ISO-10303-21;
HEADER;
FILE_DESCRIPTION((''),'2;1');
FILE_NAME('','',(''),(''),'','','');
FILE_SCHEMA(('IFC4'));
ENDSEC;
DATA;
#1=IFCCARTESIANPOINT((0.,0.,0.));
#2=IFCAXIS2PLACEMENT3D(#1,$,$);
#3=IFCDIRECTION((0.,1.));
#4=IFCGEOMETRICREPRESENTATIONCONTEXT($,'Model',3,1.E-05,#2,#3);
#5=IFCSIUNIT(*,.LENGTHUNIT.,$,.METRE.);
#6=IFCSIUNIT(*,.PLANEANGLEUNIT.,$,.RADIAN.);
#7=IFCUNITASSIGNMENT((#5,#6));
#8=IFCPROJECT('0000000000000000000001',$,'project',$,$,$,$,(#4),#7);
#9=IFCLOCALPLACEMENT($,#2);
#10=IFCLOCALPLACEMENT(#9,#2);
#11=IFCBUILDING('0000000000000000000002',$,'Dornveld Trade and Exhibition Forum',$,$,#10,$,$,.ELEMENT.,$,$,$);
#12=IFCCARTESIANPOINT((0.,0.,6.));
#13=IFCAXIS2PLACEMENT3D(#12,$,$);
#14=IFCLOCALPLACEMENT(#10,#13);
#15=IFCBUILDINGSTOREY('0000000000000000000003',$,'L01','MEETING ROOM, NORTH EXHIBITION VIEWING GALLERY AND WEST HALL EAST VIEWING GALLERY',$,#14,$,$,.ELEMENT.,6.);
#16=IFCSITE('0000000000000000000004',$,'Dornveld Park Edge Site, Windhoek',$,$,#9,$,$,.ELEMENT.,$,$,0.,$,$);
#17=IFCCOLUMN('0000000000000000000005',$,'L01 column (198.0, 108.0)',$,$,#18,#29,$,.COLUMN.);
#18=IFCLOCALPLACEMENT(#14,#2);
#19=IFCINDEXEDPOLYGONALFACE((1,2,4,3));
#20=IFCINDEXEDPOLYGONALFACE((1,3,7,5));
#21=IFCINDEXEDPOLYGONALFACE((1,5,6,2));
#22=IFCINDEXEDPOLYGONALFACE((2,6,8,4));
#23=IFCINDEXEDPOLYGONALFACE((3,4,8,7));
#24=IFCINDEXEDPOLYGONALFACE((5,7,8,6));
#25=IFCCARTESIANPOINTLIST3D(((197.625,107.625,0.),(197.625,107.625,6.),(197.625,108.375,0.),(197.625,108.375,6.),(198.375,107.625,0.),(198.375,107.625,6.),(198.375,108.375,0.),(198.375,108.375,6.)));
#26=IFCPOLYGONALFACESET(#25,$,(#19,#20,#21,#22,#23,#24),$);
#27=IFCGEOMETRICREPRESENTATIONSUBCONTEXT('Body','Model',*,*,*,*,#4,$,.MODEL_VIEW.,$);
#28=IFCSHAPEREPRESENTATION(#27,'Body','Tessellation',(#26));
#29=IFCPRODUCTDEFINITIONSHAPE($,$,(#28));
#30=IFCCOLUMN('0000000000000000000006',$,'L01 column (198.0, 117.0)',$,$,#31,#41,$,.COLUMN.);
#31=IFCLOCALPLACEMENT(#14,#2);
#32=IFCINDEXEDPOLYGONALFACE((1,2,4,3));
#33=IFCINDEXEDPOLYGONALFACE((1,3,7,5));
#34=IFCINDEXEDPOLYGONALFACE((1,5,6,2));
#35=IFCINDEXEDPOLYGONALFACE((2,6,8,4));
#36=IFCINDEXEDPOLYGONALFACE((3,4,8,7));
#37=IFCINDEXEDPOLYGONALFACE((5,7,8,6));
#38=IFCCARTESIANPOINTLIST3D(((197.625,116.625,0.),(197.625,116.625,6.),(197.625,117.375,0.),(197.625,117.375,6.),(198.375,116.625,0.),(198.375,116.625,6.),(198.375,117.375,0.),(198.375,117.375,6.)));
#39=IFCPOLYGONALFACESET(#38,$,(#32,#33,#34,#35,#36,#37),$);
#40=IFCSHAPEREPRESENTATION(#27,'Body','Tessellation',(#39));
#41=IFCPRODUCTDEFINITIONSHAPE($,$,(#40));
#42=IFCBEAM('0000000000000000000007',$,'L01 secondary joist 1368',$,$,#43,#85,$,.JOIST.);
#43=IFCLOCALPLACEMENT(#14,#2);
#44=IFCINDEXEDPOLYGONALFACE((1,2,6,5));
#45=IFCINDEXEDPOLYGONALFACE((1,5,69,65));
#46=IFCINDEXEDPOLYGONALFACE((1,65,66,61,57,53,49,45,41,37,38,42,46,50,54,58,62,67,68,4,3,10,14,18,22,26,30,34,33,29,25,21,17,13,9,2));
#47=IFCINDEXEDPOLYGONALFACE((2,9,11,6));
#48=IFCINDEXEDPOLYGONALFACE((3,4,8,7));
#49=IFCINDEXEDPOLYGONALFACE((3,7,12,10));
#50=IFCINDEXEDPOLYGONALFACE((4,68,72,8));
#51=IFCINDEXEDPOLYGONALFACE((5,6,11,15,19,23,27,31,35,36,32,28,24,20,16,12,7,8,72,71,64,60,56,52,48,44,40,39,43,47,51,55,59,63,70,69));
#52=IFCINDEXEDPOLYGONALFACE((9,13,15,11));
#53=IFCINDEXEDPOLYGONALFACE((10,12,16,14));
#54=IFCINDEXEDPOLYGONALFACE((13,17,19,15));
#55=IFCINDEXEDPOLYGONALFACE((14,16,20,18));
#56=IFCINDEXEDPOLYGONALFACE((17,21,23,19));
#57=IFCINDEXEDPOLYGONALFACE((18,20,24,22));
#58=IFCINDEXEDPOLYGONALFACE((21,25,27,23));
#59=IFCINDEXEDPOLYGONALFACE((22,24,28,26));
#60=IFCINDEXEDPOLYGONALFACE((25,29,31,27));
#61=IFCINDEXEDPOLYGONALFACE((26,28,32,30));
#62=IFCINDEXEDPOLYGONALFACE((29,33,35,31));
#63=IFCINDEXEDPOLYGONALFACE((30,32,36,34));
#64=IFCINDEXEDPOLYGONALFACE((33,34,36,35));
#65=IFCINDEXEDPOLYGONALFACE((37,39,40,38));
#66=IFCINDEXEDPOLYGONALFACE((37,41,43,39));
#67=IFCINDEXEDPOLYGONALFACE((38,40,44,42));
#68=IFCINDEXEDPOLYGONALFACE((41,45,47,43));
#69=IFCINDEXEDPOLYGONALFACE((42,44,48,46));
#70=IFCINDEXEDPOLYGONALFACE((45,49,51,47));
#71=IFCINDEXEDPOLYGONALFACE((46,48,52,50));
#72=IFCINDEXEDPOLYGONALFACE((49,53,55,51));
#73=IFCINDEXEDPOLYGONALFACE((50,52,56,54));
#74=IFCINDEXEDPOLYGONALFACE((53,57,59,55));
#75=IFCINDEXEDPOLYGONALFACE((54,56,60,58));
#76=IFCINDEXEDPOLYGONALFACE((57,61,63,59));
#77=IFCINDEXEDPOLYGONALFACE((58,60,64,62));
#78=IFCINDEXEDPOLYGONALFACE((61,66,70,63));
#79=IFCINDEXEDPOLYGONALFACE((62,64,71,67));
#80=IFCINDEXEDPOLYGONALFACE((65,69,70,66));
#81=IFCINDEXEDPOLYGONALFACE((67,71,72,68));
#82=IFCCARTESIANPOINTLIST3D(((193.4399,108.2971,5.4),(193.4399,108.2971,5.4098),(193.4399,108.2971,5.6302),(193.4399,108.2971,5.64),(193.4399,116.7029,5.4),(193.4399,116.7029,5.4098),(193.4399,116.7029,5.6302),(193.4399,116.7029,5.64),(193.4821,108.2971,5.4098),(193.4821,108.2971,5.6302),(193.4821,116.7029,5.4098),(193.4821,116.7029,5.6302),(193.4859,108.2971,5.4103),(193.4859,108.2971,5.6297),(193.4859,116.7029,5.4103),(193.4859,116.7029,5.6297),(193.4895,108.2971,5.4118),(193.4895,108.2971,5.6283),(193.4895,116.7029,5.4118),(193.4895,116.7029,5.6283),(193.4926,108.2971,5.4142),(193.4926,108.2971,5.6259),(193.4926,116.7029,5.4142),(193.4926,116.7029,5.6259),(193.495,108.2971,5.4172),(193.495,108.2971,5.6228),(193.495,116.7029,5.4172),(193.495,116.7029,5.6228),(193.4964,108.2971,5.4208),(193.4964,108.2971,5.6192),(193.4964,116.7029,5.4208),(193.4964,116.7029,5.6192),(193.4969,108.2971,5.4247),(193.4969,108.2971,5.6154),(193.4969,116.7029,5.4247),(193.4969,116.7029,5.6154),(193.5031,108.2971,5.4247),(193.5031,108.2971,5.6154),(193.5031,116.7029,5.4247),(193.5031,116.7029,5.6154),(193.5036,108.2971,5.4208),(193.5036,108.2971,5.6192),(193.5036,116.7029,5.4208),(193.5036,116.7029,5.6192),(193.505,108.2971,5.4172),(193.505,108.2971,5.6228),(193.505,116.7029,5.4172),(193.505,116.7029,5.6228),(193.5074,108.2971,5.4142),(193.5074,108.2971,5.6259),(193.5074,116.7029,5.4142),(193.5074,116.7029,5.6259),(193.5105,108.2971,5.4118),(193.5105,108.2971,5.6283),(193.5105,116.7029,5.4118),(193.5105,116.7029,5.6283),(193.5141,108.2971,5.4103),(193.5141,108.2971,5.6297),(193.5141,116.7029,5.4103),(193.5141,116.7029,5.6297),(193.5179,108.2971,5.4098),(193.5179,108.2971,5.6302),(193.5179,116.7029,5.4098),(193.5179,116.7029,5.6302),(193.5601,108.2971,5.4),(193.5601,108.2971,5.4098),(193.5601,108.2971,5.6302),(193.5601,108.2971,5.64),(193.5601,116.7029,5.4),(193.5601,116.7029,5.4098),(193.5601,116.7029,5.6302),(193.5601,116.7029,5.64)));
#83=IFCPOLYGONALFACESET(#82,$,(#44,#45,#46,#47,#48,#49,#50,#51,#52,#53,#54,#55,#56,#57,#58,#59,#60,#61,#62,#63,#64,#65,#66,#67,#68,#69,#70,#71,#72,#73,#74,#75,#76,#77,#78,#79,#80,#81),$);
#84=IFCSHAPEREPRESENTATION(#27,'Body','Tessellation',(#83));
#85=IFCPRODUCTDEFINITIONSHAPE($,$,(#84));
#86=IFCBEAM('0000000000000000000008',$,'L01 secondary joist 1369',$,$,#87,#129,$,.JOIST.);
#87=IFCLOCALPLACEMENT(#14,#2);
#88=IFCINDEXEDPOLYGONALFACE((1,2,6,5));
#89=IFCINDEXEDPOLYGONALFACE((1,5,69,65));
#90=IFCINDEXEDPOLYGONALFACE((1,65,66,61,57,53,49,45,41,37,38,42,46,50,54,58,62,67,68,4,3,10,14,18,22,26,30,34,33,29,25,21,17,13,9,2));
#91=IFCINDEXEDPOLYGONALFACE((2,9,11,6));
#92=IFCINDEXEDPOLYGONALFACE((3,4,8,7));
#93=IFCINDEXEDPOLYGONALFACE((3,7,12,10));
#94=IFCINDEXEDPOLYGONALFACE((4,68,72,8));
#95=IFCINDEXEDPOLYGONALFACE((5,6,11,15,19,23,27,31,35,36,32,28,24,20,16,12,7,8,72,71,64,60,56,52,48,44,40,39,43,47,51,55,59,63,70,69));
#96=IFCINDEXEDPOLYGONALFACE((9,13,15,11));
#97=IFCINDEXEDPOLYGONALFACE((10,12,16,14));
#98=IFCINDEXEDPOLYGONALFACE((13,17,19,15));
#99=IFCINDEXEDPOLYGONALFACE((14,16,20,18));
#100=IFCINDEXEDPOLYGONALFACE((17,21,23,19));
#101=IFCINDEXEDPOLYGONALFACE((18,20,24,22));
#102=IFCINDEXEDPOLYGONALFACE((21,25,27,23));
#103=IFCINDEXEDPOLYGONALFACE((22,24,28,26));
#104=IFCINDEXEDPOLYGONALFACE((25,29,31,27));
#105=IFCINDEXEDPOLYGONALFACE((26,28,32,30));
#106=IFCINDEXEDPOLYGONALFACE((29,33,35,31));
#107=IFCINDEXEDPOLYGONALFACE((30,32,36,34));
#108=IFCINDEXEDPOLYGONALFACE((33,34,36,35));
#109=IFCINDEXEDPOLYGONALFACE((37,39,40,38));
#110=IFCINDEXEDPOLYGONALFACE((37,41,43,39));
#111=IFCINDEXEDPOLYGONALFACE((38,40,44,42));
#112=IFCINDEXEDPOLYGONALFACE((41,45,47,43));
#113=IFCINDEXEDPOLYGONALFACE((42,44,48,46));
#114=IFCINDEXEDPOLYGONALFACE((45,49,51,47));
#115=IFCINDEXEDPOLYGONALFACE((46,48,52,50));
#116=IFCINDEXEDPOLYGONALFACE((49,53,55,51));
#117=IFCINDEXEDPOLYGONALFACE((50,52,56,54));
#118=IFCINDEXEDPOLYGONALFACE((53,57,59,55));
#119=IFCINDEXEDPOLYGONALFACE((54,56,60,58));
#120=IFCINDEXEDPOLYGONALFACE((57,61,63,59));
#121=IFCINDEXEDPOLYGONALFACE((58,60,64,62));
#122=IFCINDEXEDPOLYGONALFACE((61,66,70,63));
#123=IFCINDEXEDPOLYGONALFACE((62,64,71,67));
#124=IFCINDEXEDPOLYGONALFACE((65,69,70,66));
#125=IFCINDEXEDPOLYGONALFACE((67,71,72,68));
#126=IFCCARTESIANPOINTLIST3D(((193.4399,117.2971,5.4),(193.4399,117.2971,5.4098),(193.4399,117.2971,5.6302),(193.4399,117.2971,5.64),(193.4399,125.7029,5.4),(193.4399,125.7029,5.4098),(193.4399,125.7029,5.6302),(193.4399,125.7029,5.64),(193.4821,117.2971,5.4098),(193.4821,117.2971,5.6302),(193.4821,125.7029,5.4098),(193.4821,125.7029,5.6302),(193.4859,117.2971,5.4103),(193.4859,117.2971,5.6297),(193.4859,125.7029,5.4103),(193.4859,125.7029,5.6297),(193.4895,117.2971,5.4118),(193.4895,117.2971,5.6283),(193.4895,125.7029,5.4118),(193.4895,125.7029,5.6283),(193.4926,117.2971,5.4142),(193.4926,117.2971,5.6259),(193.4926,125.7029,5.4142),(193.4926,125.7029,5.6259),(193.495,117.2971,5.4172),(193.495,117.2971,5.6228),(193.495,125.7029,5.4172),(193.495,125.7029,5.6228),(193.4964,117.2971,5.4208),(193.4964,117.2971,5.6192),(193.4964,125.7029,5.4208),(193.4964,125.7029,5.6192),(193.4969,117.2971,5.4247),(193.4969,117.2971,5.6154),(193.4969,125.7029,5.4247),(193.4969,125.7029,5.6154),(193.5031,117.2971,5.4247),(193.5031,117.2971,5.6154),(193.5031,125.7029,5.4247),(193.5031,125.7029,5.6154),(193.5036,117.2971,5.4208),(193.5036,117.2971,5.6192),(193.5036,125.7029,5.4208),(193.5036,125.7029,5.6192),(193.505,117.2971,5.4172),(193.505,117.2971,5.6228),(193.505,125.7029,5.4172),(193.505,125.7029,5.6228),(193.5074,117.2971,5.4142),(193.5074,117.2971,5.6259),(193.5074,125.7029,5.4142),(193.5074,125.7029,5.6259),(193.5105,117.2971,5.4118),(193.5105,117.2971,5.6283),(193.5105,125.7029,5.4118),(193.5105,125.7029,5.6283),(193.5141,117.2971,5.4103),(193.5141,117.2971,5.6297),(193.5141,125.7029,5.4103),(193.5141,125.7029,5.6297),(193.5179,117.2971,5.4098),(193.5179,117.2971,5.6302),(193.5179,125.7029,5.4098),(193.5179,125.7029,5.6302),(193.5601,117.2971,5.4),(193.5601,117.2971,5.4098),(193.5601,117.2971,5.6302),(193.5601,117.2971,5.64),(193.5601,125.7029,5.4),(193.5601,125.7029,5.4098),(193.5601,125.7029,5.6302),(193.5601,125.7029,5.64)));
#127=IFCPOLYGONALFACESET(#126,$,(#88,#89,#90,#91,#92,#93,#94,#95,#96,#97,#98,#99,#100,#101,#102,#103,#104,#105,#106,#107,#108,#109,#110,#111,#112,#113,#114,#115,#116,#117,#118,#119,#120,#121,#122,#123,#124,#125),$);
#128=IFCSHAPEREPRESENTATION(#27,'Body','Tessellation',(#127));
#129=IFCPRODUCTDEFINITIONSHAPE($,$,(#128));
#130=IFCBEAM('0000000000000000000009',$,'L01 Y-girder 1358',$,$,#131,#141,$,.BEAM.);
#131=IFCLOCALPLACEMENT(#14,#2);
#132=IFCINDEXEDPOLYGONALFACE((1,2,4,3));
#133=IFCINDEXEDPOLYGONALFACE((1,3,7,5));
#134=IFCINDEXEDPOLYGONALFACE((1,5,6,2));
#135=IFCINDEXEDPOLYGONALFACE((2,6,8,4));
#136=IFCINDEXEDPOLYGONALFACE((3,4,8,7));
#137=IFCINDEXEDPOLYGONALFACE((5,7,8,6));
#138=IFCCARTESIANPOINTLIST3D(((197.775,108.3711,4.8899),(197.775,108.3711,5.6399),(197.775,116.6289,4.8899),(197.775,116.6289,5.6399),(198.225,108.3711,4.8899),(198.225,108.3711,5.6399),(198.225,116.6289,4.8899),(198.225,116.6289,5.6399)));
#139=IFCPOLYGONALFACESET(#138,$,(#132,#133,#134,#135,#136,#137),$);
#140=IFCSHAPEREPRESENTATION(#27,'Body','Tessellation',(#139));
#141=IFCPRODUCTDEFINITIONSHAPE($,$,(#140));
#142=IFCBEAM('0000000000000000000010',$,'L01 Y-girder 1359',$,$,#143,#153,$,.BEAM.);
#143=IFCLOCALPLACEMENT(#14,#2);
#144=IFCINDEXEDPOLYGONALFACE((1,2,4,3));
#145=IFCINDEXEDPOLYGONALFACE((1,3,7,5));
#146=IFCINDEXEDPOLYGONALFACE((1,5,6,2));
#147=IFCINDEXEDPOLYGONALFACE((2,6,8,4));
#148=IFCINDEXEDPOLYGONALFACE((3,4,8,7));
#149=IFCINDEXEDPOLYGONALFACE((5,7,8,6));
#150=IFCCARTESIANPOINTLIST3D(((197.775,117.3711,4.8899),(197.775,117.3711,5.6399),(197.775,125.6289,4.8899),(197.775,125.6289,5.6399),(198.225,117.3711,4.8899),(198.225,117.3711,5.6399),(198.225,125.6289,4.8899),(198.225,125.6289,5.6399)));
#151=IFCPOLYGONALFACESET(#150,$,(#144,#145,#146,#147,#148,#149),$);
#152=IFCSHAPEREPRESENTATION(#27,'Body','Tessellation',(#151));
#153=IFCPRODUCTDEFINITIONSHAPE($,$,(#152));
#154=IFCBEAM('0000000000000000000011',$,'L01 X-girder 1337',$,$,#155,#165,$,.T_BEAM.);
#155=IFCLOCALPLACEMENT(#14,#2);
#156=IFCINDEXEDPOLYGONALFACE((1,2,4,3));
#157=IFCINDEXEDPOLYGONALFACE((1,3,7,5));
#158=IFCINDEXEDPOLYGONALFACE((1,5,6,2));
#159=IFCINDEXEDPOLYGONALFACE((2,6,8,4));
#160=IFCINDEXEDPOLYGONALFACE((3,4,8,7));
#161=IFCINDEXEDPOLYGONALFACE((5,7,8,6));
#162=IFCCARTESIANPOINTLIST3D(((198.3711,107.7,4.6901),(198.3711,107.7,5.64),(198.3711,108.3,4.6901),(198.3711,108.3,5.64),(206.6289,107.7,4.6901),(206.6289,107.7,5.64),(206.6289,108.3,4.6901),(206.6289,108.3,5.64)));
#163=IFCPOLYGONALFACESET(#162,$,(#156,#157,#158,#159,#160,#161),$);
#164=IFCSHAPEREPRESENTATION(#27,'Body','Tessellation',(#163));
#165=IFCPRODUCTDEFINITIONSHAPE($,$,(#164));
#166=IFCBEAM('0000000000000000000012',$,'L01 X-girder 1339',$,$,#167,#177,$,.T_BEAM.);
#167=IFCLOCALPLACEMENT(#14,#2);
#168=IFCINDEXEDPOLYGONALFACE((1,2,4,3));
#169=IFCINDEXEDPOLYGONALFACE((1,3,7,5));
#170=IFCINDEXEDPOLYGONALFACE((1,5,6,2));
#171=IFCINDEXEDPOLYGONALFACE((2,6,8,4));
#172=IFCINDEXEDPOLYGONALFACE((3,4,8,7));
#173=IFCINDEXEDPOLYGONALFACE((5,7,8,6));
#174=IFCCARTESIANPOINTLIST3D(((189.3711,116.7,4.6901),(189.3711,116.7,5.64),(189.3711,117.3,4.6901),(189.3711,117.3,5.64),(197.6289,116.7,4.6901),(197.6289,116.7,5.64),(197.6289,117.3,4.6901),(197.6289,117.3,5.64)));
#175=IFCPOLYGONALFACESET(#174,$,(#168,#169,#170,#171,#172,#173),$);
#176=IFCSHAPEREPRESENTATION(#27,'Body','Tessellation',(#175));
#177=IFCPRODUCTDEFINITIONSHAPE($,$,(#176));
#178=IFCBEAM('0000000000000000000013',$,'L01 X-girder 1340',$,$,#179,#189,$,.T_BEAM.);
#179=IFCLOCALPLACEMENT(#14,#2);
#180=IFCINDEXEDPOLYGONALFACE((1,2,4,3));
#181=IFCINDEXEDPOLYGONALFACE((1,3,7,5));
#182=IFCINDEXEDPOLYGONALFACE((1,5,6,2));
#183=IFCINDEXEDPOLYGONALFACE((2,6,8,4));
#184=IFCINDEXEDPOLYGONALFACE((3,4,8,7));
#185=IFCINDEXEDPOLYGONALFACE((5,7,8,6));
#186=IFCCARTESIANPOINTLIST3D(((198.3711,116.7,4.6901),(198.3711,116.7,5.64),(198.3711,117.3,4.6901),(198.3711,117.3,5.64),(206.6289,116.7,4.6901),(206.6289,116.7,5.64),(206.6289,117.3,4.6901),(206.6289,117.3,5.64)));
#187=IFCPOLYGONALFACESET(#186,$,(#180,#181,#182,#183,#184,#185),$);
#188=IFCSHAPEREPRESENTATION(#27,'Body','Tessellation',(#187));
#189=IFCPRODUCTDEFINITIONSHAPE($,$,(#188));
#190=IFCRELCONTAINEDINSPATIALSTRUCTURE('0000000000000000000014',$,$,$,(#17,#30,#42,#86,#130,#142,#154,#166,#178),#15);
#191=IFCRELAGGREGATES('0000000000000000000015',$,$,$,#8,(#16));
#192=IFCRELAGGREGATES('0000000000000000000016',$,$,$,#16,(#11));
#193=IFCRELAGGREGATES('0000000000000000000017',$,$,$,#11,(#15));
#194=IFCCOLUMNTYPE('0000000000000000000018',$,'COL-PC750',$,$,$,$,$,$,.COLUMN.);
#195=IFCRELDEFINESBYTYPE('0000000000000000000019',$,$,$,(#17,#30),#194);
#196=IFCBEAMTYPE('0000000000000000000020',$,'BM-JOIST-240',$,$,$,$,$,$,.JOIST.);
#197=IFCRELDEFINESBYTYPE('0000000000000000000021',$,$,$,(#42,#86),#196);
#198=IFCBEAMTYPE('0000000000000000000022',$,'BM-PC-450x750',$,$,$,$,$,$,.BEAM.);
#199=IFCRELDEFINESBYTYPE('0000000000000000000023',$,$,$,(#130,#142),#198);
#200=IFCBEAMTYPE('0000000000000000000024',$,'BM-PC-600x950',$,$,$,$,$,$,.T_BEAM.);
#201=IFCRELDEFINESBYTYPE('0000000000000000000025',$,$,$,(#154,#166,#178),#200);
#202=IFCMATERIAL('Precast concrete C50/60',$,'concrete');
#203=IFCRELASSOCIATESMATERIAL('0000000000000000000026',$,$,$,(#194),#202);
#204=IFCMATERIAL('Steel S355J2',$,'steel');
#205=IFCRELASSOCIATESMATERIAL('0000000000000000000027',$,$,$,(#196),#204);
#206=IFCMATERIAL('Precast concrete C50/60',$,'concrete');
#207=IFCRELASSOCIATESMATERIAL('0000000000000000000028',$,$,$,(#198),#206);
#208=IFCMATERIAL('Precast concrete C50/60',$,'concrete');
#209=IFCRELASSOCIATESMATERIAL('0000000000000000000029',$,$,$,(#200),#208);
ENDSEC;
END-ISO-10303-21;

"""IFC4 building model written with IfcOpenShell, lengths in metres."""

from ifc_helpers import new_model, si_unit, direction, frame, origin, origin_2d, place, context, subcontext, project, spatial, rectangle, i_section, extrude, material, material_profile, profile_set, type_object, element, save


model = new_model("IFC4")

# Units and contexts
model_context = context("Model", 3, precision=1e-05, world=origin(), true_north=direction((0.0, 1.0)))
body_context = subcontext(model_context, "Body", "Model", "MODEL_VIEW")
ifc_project = project(units=[si_unit("LENGTHUNIT", "METRE"), si_unit("PLANEANGLEUNIT", "RADIAN")], contexts=[model_context])

# Site, building, storey
site_placement = place(None, origin())
site = spatial("IfcSite", under=ifc_project, at=site_placement, Name="Dornveld Park Edge Site, Windhoek", CompositionType="ELEMENT", RefElevation=0.0)
building_placement = place(site_placement, origin())
building = spatial("IfcBuilding", under=site, at=building_placement, Name="Dornveld Trade and Exhibition Forum", CompositionType="ELEMENT")
storey_placement = place(building_placement, frame((0.0, 0.0, 6.0)))
storey = spatial("IfcBuildingStorey", under=building, at=storey_placement, Name="L01", Description="MEETING ROOM, NORTH EXHIBITION VIEWING GALLERY AND WEST HALL EAST VIEWING GALLERY", CompositionType="ELEMENT", Elevation=6.0)

# Columns
ifc_material_1 = material(Name="Precast concrete C50/60", Category="concrete")
ifc_material_profile_1 = material_profile(ifc_material_1, rectangle(XDim=0.75, YDim=0.75, at=origin_2d()), Name="PC-COL 750x750")
ifc_profile_set_1 = profile_set([ifc_material_profile_1], Name="Precast concrete C50/60")
column_type = type_object("IfcColumnType", Name="COL-PC750", PredefinedType="COLUMN", material=ifc_profile_set_1)
for number, where, z_axis, x_axis, name in (
    (1, (198.0, 108.0, 0.0), (0.0, 0.0, 1.0), (1.0, 0.0, 0.0), "L01 column (198.0, 108.0)"),
    (2, (198.0, 117.0, 0.0), (0.0, 0.0, 1.0), (1.0, 0.0, 0.0), "L01 column (198.0, 117.0)"),
):
    element("IfcColumn", number, at=place(storey_placement, frame(where, z_axis=z_axis, x_axis=x_axis)), inside=storey, type_object=column_type, Name=name, PredefinedType="COLUMN", context=body_context, shape_type="SweptSolid", body=[
        extrude(rectangle(XDim=0.75, YDim=0.75, at=origin_2d()), origin(), (0.0, 0.0, 1.0), 6.0),
    ])

# Beams
ifc_material_2 = material(Name="Steel S355J2", Category="steel")
ifc_material_profile_2 = material_profile(ifc_material_2, i_section(OverallWidth=0.1201, OverallDepth=0.24, WebThickness=0.0061, FlangeThickness=0.0098, FilletRadius=0.0149, at=origin_2d()), Name="IPE 240")
ifc_profile_set_2 = profile_set([ifc_material_profile_2], Name="Steel S355J2")
beam_type_1 = type_object("IfcBeamType", Name="BM-JOIST-240", PredefinedType="JOIST", material=ifc_profile_set_2)
for number, where, z_axis, x_axis, name in (
    (3, (193.5, 108.2971, 5.52), (0.0, 1.0, 0.0), (-1.0, 0.0, 0.0), "L01 secondary joist 1368"),
    (4, (193.5, 117.2971, 5.52), (0.0, 1.0, 0.0), (-1.0, 0.0, 0.0), "L01 secondary joist 1369"),
):
    element("IfcBeam", number, at=place(storey_placement, frame(where, z_axis=z_axis, x_axis=x_axis)), inside=storey, type_object=beam_type_1, Name=name, PredefinedType="JOIST", context=body_context, shape_type="SweptSolid", body=[
        extrude(i_section(OverallWidth=0.1201, OverallDepth=0.24, WebThickness=0.0061, FlangeThickness=0.0098, FilletRadius=0.0149, at=origin_2d()), origin(), (0.0, 0.0, 1.0), 8.4058),
    ])
ifc_material_3 = material(Name="Precast concrete C50/60", Category="concrete")
ifc_material_profile_3 = material_profile(ifc_material_3, rectangle(XDim=0.45, YDim=0.75, at=origin_2d()), Name="PC-BM 450x750")
ifc_profile_set_3 = profile_set([ifc_material_profile_3], Name="Precast concrete C50/60")
beam_type_2 = type_object("IfcBeamType", Name="BM-PC-450x750", PredefinedType="BEAM", material=ifc_profile_set_3)
for number, where, z_axis, x_axis, name in (
    (5, (198.0, 108.3711, 5.2649), (0.0, 1.0, 0.0), (-1.0, 0.0, 0.0), "L01 Y-girder 1358"),
    (6, (198.0, 117.3711, 5.2649), (0.0, 1.0, 0.0), (-1.0, 0.0, 0.0), "L01 Y-girder 1359"),
):
    element("IfcBeam", number, at=place(storey_placement, frame(where, z_axis=z_axis, x_axis=x_axis)), inside=storey, type_object=beam_type_2, Name=name, PredefinedType="BEAM", context=body_context, shape_type="SweptSolid", body=[
        extrude(rectangle(XDim=0.45, YDim=0.75, at=origin_2d()), origin(), (0.0, 0.0, 1.0), 8.2578),
    ])
ifc_material_4 = material(Name="Precast concrete C50/60", Category="concrete")
ifc_material_profile_4 = material_profile(ifc_material_4, rectangle(XDim=0.6001, YDim=0.95, at=origin_2d()), Name="PC-GIR 600x950")
ifc_profile_set_4 = profile_set([ifc_material_profile_4], Name="Precast concrete C50/60")
beam_type_3 = type_object("IfcBeamType", Name="BM-PC-600x950", PredefinedType="T_BEAM", material=ifc_profile_set_4)
for number, where, z_axis, x_axis, name in (
    (7, (198.3711, 108.0, 5.165), (1.0, 0.0, 0.0), (0.0, 1.0, 0.0), "L01 X-girder 1337"),
    (8, (189.3711, 117.0, 5.165), (1.0, 0.0, 0.0), (0.0, 1.0, 0.0), "L01 X-girder 1339"),
    (9, (198.3711, 117.0, 5.165), (1.0, 0.0, 0.0), (0.0, 1.0, 0.0), "L01 X-girder 1340"),
):
    element("IfcBeam", number, at=place(storey_placement, frame(where, z_axis=z_axis, x_axis=x_axis)), inside=storey, type_object=beam_type_3, Name=name, PredefinedType="T_BEAM", context=body_context, shape_type="SweptSolid", body=[
        extrude(rectangle(XDim=0.6001, YDim=0.95, at=origin_2d()), origin(), (0.0, 0.0, 1.0), 8.2578),
    ])

save(model, "model.ifc")
